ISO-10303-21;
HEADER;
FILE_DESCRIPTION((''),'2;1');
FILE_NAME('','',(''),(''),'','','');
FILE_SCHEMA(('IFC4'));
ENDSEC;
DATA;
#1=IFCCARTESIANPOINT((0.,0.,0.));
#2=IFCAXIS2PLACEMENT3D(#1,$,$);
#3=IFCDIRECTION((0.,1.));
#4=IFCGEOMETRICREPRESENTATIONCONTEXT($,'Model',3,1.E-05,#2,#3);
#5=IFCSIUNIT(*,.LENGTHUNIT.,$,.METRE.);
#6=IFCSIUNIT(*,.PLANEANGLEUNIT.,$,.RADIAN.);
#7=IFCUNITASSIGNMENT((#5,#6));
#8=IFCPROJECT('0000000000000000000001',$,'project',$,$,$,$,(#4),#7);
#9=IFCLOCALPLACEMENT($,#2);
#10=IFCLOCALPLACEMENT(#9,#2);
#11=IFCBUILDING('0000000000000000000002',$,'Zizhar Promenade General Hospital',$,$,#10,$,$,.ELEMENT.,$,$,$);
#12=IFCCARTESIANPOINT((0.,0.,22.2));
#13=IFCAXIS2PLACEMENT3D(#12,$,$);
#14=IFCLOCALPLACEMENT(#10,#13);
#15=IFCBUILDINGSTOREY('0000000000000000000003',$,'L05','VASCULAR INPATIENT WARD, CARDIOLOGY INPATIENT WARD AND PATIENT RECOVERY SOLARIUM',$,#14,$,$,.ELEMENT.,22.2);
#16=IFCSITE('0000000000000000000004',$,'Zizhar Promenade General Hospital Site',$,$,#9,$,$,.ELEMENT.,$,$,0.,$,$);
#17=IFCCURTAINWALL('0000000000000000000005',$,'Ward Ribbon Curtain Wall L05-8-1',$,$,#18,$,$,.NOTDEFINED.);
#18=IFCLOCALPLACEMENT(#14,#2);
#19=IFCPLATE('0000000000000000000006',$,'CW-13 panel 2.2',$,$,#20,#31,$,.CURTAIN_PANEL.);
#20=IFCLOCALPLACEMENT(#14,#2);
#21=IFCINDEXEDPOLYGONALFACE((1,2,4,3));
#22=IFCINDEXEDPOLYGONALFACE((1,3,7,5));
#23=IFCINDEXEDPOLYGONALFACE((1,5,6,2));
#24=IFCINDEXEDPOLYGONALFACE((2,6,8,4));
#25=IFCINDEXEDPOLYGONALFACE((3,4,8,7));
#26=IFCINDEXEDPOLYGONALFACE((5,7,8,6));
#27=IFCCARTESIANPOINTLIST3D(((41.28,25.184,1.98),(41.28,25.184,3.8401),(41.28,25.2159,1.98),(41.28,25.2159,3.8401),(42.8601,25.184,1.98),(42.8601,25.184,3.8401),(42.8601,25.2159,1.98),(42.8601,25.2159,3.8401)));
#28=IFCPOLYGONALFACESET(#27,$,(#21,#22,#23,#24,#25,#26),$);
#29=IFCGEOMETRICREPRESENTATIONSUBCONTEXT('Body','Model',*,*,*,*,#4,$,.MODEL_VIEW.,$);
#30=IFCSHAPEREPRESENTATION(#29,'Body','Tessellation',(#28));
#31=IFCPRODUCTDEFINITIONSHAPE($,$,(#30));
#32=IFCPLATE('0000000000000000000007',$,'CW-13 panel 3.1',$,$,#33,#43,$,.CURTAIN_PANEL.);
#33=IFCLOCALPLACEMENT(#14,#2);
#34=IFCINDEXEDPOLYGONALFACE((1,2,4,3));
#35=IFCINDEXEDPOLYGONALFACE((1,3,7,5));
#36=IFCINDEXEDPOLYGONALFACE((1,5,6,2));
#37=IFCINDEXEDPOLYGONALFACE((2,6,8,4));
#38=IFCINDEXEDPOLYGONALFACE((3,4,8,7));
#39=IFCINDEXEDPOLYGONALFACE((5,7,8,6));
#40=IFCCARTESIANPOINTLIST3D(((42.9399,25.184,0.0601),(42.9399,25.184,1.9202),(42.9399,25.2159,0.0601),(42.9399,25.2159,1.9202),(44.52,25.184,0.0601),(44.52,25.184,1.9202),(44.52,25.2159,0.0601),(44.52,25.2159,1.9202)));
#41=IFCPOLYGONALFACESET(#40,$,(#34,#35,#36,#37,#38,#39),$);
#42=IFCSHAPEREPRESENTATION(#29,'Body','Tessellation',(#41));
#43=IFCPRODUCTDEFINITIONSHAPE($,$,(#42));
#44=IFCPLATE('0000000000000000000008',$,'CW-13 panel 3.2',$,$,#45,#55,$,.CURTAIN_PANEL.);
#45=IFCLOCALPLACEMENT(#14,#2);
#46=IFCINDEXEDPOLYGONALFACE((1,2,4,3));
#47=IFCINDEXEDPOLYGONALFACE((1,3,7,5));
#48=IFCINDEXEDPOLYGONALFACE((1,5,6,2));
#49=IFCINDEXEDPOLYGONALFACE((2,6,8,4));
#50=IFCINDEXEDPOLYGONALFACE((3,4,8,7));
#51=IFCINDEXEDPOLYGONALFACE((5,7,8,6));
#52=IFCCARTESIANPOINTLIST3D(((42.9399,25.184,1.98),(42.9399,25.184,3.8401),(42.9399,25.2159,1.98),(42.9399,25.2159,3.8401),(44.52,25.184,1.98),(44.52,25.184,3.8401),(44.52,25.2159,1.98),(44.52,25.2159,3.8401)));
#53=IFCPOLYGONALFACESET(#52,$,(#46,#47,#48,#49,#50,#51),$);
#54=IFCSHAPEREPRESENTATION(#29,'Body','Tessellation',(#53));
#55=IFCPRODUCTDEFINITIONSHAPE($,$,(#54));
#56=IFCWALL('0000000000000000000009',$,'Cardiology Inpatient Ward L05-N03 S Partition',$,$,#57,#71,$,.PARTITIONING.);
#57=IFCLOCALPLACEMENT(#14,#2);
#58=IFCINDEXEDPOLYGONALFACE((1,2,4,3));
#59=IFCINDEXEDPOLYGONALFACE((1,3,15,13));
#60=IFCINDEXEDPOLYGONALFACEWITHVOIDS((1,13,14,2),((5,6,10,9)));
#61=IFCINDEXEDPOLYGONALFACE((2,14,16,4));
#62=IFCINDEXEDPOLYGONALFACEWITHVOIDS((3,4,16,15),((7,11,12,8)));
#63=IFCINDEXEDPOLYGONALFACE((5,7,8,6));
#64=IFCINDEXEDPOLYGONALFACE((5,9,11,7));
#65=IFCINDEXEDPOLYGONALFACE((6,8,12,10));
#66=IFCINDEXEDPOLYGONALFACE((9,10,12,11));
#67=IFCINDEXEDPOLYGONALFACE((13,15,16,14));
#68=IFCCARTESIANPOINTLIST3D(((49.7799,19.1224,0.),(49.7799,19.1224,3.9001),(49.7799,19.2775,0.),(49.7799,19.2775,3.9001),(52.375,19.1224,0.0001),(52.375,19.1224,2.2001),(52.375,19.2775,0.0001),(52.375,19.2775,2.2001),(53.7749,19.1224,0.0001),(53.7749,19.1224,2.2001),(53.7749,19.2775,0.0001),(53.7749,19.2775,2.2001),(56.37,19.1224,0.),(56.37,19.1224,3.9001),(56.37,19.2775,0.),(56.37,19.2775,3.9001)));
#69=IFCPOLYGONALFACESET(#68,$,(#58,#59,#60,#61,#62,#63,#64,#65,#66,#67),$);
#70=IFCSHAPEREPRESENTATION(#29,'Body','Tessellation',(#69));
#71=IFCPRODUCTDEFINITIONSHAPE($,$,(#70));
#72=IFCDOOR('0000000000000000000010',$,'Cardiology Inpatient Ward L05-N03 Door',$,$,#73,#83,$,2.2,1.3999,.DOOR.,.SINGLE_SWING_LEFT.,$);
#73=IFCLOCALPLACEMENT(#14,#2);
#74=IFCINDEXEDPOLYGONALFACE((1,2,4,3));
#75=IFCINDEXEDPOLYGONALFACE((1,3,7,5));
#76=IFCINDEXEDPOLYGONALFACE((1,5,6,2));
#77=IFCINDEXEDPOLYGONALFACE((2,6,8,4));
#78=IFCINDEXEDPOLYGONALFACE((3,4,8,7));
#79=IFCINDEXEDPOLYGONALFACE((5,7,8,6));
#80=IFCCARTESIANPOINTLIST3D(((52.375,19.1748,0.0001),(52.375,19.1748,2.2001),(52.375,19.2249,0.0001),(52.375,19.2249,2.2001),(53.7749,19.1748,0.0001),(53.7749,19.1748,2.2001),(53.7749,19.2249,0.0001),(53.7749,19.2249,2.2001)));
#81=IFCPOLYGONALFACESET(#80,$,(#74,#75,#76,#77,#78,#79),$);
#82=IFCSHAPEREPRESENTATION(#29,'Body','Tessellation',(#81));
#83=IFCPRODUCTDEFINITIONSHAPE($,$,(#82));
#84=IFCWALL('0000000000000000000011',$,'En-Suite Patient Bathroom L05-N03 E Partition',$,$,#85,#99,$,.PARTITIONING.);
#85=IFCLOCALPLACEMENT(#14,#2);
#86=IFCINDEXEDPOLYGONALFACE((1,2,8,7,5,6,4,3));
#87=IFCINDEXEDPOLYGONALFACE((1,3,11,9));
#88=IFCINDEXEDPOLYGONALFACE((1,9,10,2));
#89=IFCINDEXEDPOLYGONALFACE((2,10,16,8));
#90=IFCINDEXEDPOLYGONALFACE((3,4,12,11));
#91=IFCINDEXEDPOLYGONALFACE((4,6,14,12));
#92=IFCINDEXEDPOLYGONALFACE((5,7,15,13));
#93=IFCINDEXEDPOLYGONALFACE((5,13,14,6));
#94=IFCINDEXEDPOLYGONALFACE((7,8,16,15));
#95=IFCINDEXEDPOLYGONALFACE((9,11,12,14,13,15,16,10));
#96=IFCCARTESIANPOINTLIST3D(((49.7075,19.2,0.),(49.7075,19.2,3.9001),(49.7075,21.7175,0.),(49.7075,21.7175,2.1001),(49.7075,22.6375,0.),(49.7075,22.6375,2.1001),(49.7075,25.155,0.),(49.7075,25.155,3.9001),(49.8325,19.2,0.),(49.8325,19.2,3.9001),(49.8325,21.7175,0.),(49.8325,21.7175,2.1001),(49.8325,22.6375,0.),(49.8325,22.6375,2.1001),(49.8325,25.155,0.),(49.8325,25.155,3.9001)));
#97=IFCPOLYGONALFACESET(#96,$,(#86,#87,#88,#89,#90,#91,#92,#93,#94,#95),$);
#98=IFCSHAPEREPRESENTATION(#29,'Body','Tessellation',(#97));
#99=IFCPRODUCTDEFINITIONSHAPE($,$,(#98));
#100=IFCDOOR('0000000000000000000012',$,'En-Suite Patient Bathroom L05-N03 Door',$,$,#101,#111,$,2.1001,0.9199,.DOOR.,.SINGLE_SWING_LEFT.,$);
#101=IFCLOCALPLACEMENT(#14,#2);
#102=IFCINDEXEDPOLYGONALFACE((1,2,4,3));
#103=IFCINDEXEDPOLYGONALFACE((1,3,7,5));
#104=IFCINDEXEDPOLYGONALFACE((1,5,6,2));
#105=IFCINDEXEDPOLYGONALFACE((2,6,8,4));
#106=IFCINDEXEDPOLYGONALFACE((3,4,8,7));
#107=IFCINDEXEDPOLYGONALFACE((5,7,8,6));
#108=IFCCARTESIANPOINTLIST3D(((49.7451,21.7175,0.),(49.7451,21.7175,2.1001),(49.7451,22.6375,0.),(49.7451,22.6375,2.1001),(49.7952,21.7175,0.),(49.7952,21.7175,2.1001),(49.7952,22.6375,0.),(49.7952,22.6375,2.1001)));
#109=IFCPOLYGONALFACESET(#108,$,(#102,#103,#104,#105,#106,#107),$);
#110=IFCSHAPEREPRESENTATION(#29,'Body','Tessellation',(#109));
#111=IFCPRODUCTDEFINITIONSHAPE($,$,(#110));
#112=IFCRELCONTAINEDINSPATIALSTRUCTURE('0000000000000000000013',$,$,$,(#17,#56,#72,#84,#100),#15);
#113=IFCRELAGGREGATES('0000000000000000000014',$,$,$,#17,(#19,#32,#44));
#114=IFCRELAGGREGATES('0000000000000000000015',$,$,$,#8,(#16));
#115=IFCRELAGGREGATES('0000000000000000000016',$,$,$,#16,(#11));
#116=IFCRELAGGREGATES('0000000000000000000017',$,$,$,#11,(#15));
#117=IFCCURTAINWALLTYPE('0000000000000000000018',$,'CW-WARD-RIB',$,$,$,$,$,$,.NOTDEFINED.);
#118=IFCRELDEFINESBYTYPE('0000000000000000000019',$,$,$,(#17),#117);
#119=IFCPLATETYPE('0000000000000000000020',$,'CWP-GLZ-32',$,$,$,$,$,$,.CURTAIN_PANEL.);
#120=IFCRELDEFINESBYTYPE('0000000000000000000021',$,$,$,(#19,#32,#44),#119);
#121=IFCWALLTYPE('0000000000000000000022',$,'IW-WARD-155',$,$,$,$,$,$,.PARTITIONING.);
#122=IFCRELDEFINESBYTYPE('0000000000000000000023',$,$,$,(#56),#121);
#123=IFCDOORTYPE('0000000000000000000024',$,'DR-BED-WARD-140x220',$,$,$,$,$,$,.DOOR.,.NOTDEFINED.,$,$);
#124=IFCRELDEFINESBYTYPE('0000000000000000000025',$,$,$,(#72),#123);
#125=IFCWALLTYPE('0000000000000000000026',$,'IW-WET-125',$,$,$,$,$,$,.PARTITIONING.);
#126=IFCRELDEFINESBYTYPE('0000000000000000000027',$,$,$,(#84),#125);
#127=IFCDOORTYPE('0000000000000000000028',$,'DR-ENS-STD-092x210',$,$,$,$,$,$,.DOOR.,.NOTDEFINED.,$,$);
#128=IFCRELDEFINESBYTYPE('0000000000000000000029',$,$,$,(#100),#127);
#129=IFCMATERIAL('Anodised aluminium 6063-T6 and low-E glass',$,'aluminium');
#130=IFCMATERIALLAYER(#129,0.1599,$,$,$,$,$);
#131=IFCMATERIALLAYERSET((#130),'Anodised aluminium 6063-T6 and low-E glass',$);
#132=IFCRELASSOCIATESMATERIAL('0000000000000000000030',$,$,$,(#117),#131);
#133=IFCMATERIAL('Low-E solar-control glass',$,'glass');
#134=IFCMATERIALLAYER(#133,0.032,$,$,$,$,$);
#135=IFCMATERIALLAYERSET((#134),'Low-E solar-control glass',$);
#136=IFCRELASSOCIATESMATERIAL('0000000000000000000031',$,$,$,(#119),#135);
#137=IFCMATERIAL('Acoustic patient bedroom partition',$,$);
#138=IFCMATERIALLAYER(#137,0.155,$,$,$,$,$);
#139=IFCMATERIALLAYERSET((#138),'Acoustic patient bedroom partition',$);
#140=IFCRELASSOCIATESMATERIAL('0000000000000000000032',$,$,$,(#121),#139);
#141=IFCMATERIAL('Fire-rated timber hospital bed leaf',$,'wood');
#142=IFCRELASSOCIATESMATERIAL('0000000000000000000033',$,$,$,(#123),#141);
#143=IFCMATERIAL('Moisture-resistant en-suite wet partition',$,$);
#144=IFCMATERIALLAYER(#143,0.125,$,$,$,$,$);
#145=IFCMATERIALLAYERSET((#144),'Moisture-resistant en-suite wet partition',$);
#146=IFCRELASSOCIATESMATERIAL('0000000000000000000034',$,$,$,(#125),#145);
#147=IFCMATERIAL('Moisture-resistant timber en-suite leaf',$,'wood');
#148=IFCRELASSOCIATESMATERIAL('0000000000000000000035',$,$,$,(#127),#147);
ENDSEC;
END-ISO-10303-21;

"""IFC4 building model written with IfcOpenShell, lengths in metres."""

from ifc_helpers import new_model, si_unit, direction, frame, frame_2d, origin, origin_2d, place, context, subcontext, project, spatial, rectangle, extrude, material, layer, layer_set, type_object, element, fill, aggregate, save


model = new_model("IFC4")

# Units and contexts
model_context = context("Model", 3, precision=1e-05, world=origin(), true_north=direction((0.0, 1.0)))
body_context = subcontext(model_context, "Body", "Model", "MODEL_VIEW")
ifc_project = project(units=[si_unit("LENGTHUNIT", "METRE"), si_unit("PLANEANGLEUNIT", "RADIAN")], contexts=[model_context])

# Site, building, storey
site_placement = place(None, origin())
site = spatial("IfcSite", under=ifc_project, at=site_placement, Name="Zizhar Promenade General Hospital Site", CompositionType="ELEMENT", RefElevation=0.0)
building_placement = place(site_placement, origin())
building = spatial("IfcBuilding", under=site, at=building_placement, Name="Zizhar Promenade General Hospital", CompositionType="ELEMENT")
storey_placement = place(building_placement, frame((0.0, 0.0, 22.2)))
storey = spatial("IfcBuildingStorey", under=building, at=storey_placement, Name="L05", Description="VASCULAR INPATIENT WARD, CARDIOLOGY INPATIENT WARD AND PATIENT RECOVERY SOLARIUM", CompositionType="ELEMENT", Elevation=22.2)

# Curtain wall, plates
ifc_material_1 = material(Name="Anodised aluminium 6063-T6 and low-E glass", Category="aluminium")
ifc_layer_1 = layer(ifc_material_1, 0.1599)
ifc_layer_set_1 = layer_set([ifc_layer_1], Name="Anodised aluminium 6063-T6 and low-E glass")
curtain_wall_type = type_object("IfcCurtainWallType", Name="CW-WARD-RIB", PredefinedType="NOTDEFINED", material=ifc_layer_set_1)
curtain_wall_placement = place(storey_placement, origin())
curtain_wall = element("IfcCurtainWall", 1, at=curtain_wall_placement, inside=storey, type_object=curtain_wall_type, Name="Ward Ribbon Curtain Wall L05-8-1", PredefinedType="NOTDEFINED")
ifc_material_2 = material(Name="Low-E solar-control glass", Category="glass")
ifc_layer_2 = layer(ifc_material_2, 0.032)
ifc_layer_set_2 = layer_set([ifc_layer_2], Name="Low-E solar-control glass")
plate_type = type_object("IfcPlateType", Name="CWP-GLZ-32", PredefinedType="CURTAIN_PANEL", material=ifc_layer_set_2)
plate_1_placement = place(storey_placement, frame((42.0701, 25.2, 1.98), z_axis=(0.0, 0.0, 1.0), x_axis=(1.0, 0.0, 0.0)))
plate_1 = element("IfcPlate", 2, at=plate_1_placement, type_object=plate_type, Name="CW-13 panel 2.2", PredefinedType="CURTAIN_PANEL", context=body_context, shape_type="SweptSolid", body=[
    extrude(rectangle(XDim=1.5801, YDim=0.032, at=origin_2d()), origin(), (0.0, 0.0, 1.0), 1.8601),
])
plate_2_placement = place(storey_placement, frame((43.73, 25.2, 0.0601), z_axis=(0.0, 0.0, 1.0), x_axis=(1.0, 0.0, 0.0)))
plate_2 = element("IfcPlate", 3, at=plate_2_placement, type_object=plate_type, Name="CW-13 panel 3.1", PredefinedType="CURTAIN_PANEL", context=body_context, shape_type="SweptSolid", body=[
    extrude(rectangle(XDim=1.5801, YDim=0.032, at=origin_2d()), origin(), (0.0, 0.0, 1.0), 1.8601),
])
plate_3_placement = place(storey_placement, frame((43.73, 25.2, 1.98), z_axis=(0.0, 0.0, 1.0), x_axis=(1.0, 0.0, 0.0)))
plate_3 = element("IfcPlate", 4, at=plate_3_placement, type_object=plate_type, Name="CW-13 panel 3.2", PredefinedType="CURTAIN_PANEL", context=body_context, shape_type="SweptSolid", body=[
    extrude(rectangle(XDim=1.5801, YDim=0.032, at=origin_2d()), origin(), (0.0, 0.0, 1.0), 1.8601),
])
aggregate(curtain_wall, [plate_1, plate_2, plate_3])

# Walls, openings, doors
ifc_material_3 = material(Name="Acoustic patient bedroom partition")
ifc_layer_3 = layer(ifc_material_3, 0.155)
ifc_layer_set_3 = layer_set([ifc_layer_3], Name="Acoustic patient bedroom partition")
wall_type_1 = type_object("IfcWallType", Name="IW-WARD-155", PredefinedType="PARTITIONING", material=ifc_layer_set_3)
wall_1_placement = place(storey_placement, frame((49.78, 19.2, 0.0), z_axis=(0.0, 0.0, 1.0), x_axis=(1.0, 0.0, 0.0)))
wall_1 = element("IfcWall", 5, at=wall_1_placement, inside=storey, type_object=wall_type_1, Name="Cardiology Inpatient Ward L05-N03 S Partition", PredefinedType="PARTITIONING", context=body_context, shape_type="SweptSolid", body=[
    extrude(rectangle(XDim=6.5901, YDim=0.155, at=frame_2d((3.2949, 0.0))), origin(), (0.0, 0.0, 1.0), 3.9001),
])
opening_1_placement = place(wall_1_placement, frame((2.595, 0.0, 0.0)))
opening_1 = element("IfcOpeningElement", 6, at=opening_1_placement, cuts=wall_1, PredefinedType="OPENING", context=body_context, shape_type="SweptSolid", body=[
    extrude(rectangle(XDim=1.3999, YDim=2.2, at=frame_2d((0.7, 1.1001))), frame((0.0, 0.0874, 0.0), z_axis=(0.0, -1.0, 0.0), x_axis=(1.0, 0.0, 0.0)), (0.0, 0.0, 1.0), 0.175),
])
ifc_material_4 = material(Name="Fire-rated timber hospital bed leaf", Category="wood")
door_type_1 = type_object("IfcDoorType", Name="DR-BED-WARD-140x220", OperationType="NOTDEFINED", PredefinedType="DOOR", material=ifc_material_4)
door_1_placement = place(opening_1_placement, origin())
door_1 = element("IfcDoor", 7, at=door_1_placement, inside=storey, type_object=door_type_1, Name="Cardiology Inpatient Ward L05-N03 Door", OperationType="SINGLE_SWING_LEFT", OverallHeight=2.2, OverallWidth=1.3999, PredefinedType="DOOR", context=body_context, shape_type="SweptSolid", body=[
    extrude(rectangle(XDim=1.3999, YDim=2.2, at=frame_2d((0.7, 1.1001))), frame((0.0, 0.0249, 0.0), z_axis=(0.0, -1.0, 0.0), x_axis=(1.0, 0.0, 0.0)), (0.0, 0.0, 1.0), 0.05),
])
fill(opening_1, door_1)
ifc_material_5 = material(Name="Moisture-resistant en-suite wet partition")
ifc_layer_4 = layer(ifc_material_5, 0.125)
ifc_layer_set_4 = layer_set([ifc_layer_4], Name="Moisture-resistant en-suite wet partition")
wall_type_2 = type_object("IfcWallType", Name="IW-WET-125", PredefinedType="PARTITIONING", material=ifc_layer_set_4)
wall_2_placement = place(storey_placement, frame((49.77, 19.2, 0.0), z_axis=(0.0, 0.0, 1.0), x_axis=(0.0, 1.0, 0.0)))
wall_2 = element("IfcWall", 8, at=wall_2_placement, inside=storey, type_object=wall_type_2, Name="En-Suite Patient Bathroom L05-N03 E Partition", PredefinedType="PARTITIONING", context=body_context, shape_type="SweptSolid", body=[
    extrude(rectangle(XDim=5.9551, YDim=0.125, at=frame_2d((2.9775, 0.0))), origin(), (0.0, 0.0, 1.0), 3.9001),
])
opening_2_placement = place(wall_2_placement, frame((2.5176, 0.0, 0.0)))
opening_2 = element("IfcOpeningElement", 9, at=opening_2_placement, cuts=wall_2, PredefinedType="OPENING", context=body_context, shape_type="SweptSolid", body=[
    extrude(rectangle(XDim=0.9199, YDim=2.1001, at=frame_2d((0.46, 1.05))), frame((0.0, 0.0725, 0.0), z_axis=(0.0, -1.0, 0.0), x_axis=(1.0, 0.0, 0.0)), (0.0, 0.0, 1.0), 0.145),
])
ifc_material_6 = material(Name="Moisture-resistant timber en-suite leaf", Category="wood")
door_type_2 = type_object("IfcDoorType", Name="DR-ENS-STD-092x210", OperationType="NOTDEFINED", PredefinedType="DOOR", material=ifc_material_6)
door_2_placement = place(opening_2_placement, origin())
door_2 = element("IfcDoor", 10, at=door_2_placement, inside=storey, type_object=door_type_2, Name="En-Suite Patient Bathroom L05-N03 Door", OperationType="SINGLE_SWING_LEFT", OverallHeight=2.1001, OverallWidth=0.9199, PredefinedType="DOOR", context=body_context, shape_type="SweptSolid", body=[
    extrude(rectangle(XDim=0.9199, YDim=2.1001, at=frame_2d((0.46, 1.05))), frame((0.0, 0.0249, 0.0), z_axis=(0.0, -1.0, 0.0), x_axis=(1.0, 0.0, 0.0)), (0.0, 0.0, 1.0), 0.05),
])
fill(opening_2, door_2)

save(model, "model.ifc")
